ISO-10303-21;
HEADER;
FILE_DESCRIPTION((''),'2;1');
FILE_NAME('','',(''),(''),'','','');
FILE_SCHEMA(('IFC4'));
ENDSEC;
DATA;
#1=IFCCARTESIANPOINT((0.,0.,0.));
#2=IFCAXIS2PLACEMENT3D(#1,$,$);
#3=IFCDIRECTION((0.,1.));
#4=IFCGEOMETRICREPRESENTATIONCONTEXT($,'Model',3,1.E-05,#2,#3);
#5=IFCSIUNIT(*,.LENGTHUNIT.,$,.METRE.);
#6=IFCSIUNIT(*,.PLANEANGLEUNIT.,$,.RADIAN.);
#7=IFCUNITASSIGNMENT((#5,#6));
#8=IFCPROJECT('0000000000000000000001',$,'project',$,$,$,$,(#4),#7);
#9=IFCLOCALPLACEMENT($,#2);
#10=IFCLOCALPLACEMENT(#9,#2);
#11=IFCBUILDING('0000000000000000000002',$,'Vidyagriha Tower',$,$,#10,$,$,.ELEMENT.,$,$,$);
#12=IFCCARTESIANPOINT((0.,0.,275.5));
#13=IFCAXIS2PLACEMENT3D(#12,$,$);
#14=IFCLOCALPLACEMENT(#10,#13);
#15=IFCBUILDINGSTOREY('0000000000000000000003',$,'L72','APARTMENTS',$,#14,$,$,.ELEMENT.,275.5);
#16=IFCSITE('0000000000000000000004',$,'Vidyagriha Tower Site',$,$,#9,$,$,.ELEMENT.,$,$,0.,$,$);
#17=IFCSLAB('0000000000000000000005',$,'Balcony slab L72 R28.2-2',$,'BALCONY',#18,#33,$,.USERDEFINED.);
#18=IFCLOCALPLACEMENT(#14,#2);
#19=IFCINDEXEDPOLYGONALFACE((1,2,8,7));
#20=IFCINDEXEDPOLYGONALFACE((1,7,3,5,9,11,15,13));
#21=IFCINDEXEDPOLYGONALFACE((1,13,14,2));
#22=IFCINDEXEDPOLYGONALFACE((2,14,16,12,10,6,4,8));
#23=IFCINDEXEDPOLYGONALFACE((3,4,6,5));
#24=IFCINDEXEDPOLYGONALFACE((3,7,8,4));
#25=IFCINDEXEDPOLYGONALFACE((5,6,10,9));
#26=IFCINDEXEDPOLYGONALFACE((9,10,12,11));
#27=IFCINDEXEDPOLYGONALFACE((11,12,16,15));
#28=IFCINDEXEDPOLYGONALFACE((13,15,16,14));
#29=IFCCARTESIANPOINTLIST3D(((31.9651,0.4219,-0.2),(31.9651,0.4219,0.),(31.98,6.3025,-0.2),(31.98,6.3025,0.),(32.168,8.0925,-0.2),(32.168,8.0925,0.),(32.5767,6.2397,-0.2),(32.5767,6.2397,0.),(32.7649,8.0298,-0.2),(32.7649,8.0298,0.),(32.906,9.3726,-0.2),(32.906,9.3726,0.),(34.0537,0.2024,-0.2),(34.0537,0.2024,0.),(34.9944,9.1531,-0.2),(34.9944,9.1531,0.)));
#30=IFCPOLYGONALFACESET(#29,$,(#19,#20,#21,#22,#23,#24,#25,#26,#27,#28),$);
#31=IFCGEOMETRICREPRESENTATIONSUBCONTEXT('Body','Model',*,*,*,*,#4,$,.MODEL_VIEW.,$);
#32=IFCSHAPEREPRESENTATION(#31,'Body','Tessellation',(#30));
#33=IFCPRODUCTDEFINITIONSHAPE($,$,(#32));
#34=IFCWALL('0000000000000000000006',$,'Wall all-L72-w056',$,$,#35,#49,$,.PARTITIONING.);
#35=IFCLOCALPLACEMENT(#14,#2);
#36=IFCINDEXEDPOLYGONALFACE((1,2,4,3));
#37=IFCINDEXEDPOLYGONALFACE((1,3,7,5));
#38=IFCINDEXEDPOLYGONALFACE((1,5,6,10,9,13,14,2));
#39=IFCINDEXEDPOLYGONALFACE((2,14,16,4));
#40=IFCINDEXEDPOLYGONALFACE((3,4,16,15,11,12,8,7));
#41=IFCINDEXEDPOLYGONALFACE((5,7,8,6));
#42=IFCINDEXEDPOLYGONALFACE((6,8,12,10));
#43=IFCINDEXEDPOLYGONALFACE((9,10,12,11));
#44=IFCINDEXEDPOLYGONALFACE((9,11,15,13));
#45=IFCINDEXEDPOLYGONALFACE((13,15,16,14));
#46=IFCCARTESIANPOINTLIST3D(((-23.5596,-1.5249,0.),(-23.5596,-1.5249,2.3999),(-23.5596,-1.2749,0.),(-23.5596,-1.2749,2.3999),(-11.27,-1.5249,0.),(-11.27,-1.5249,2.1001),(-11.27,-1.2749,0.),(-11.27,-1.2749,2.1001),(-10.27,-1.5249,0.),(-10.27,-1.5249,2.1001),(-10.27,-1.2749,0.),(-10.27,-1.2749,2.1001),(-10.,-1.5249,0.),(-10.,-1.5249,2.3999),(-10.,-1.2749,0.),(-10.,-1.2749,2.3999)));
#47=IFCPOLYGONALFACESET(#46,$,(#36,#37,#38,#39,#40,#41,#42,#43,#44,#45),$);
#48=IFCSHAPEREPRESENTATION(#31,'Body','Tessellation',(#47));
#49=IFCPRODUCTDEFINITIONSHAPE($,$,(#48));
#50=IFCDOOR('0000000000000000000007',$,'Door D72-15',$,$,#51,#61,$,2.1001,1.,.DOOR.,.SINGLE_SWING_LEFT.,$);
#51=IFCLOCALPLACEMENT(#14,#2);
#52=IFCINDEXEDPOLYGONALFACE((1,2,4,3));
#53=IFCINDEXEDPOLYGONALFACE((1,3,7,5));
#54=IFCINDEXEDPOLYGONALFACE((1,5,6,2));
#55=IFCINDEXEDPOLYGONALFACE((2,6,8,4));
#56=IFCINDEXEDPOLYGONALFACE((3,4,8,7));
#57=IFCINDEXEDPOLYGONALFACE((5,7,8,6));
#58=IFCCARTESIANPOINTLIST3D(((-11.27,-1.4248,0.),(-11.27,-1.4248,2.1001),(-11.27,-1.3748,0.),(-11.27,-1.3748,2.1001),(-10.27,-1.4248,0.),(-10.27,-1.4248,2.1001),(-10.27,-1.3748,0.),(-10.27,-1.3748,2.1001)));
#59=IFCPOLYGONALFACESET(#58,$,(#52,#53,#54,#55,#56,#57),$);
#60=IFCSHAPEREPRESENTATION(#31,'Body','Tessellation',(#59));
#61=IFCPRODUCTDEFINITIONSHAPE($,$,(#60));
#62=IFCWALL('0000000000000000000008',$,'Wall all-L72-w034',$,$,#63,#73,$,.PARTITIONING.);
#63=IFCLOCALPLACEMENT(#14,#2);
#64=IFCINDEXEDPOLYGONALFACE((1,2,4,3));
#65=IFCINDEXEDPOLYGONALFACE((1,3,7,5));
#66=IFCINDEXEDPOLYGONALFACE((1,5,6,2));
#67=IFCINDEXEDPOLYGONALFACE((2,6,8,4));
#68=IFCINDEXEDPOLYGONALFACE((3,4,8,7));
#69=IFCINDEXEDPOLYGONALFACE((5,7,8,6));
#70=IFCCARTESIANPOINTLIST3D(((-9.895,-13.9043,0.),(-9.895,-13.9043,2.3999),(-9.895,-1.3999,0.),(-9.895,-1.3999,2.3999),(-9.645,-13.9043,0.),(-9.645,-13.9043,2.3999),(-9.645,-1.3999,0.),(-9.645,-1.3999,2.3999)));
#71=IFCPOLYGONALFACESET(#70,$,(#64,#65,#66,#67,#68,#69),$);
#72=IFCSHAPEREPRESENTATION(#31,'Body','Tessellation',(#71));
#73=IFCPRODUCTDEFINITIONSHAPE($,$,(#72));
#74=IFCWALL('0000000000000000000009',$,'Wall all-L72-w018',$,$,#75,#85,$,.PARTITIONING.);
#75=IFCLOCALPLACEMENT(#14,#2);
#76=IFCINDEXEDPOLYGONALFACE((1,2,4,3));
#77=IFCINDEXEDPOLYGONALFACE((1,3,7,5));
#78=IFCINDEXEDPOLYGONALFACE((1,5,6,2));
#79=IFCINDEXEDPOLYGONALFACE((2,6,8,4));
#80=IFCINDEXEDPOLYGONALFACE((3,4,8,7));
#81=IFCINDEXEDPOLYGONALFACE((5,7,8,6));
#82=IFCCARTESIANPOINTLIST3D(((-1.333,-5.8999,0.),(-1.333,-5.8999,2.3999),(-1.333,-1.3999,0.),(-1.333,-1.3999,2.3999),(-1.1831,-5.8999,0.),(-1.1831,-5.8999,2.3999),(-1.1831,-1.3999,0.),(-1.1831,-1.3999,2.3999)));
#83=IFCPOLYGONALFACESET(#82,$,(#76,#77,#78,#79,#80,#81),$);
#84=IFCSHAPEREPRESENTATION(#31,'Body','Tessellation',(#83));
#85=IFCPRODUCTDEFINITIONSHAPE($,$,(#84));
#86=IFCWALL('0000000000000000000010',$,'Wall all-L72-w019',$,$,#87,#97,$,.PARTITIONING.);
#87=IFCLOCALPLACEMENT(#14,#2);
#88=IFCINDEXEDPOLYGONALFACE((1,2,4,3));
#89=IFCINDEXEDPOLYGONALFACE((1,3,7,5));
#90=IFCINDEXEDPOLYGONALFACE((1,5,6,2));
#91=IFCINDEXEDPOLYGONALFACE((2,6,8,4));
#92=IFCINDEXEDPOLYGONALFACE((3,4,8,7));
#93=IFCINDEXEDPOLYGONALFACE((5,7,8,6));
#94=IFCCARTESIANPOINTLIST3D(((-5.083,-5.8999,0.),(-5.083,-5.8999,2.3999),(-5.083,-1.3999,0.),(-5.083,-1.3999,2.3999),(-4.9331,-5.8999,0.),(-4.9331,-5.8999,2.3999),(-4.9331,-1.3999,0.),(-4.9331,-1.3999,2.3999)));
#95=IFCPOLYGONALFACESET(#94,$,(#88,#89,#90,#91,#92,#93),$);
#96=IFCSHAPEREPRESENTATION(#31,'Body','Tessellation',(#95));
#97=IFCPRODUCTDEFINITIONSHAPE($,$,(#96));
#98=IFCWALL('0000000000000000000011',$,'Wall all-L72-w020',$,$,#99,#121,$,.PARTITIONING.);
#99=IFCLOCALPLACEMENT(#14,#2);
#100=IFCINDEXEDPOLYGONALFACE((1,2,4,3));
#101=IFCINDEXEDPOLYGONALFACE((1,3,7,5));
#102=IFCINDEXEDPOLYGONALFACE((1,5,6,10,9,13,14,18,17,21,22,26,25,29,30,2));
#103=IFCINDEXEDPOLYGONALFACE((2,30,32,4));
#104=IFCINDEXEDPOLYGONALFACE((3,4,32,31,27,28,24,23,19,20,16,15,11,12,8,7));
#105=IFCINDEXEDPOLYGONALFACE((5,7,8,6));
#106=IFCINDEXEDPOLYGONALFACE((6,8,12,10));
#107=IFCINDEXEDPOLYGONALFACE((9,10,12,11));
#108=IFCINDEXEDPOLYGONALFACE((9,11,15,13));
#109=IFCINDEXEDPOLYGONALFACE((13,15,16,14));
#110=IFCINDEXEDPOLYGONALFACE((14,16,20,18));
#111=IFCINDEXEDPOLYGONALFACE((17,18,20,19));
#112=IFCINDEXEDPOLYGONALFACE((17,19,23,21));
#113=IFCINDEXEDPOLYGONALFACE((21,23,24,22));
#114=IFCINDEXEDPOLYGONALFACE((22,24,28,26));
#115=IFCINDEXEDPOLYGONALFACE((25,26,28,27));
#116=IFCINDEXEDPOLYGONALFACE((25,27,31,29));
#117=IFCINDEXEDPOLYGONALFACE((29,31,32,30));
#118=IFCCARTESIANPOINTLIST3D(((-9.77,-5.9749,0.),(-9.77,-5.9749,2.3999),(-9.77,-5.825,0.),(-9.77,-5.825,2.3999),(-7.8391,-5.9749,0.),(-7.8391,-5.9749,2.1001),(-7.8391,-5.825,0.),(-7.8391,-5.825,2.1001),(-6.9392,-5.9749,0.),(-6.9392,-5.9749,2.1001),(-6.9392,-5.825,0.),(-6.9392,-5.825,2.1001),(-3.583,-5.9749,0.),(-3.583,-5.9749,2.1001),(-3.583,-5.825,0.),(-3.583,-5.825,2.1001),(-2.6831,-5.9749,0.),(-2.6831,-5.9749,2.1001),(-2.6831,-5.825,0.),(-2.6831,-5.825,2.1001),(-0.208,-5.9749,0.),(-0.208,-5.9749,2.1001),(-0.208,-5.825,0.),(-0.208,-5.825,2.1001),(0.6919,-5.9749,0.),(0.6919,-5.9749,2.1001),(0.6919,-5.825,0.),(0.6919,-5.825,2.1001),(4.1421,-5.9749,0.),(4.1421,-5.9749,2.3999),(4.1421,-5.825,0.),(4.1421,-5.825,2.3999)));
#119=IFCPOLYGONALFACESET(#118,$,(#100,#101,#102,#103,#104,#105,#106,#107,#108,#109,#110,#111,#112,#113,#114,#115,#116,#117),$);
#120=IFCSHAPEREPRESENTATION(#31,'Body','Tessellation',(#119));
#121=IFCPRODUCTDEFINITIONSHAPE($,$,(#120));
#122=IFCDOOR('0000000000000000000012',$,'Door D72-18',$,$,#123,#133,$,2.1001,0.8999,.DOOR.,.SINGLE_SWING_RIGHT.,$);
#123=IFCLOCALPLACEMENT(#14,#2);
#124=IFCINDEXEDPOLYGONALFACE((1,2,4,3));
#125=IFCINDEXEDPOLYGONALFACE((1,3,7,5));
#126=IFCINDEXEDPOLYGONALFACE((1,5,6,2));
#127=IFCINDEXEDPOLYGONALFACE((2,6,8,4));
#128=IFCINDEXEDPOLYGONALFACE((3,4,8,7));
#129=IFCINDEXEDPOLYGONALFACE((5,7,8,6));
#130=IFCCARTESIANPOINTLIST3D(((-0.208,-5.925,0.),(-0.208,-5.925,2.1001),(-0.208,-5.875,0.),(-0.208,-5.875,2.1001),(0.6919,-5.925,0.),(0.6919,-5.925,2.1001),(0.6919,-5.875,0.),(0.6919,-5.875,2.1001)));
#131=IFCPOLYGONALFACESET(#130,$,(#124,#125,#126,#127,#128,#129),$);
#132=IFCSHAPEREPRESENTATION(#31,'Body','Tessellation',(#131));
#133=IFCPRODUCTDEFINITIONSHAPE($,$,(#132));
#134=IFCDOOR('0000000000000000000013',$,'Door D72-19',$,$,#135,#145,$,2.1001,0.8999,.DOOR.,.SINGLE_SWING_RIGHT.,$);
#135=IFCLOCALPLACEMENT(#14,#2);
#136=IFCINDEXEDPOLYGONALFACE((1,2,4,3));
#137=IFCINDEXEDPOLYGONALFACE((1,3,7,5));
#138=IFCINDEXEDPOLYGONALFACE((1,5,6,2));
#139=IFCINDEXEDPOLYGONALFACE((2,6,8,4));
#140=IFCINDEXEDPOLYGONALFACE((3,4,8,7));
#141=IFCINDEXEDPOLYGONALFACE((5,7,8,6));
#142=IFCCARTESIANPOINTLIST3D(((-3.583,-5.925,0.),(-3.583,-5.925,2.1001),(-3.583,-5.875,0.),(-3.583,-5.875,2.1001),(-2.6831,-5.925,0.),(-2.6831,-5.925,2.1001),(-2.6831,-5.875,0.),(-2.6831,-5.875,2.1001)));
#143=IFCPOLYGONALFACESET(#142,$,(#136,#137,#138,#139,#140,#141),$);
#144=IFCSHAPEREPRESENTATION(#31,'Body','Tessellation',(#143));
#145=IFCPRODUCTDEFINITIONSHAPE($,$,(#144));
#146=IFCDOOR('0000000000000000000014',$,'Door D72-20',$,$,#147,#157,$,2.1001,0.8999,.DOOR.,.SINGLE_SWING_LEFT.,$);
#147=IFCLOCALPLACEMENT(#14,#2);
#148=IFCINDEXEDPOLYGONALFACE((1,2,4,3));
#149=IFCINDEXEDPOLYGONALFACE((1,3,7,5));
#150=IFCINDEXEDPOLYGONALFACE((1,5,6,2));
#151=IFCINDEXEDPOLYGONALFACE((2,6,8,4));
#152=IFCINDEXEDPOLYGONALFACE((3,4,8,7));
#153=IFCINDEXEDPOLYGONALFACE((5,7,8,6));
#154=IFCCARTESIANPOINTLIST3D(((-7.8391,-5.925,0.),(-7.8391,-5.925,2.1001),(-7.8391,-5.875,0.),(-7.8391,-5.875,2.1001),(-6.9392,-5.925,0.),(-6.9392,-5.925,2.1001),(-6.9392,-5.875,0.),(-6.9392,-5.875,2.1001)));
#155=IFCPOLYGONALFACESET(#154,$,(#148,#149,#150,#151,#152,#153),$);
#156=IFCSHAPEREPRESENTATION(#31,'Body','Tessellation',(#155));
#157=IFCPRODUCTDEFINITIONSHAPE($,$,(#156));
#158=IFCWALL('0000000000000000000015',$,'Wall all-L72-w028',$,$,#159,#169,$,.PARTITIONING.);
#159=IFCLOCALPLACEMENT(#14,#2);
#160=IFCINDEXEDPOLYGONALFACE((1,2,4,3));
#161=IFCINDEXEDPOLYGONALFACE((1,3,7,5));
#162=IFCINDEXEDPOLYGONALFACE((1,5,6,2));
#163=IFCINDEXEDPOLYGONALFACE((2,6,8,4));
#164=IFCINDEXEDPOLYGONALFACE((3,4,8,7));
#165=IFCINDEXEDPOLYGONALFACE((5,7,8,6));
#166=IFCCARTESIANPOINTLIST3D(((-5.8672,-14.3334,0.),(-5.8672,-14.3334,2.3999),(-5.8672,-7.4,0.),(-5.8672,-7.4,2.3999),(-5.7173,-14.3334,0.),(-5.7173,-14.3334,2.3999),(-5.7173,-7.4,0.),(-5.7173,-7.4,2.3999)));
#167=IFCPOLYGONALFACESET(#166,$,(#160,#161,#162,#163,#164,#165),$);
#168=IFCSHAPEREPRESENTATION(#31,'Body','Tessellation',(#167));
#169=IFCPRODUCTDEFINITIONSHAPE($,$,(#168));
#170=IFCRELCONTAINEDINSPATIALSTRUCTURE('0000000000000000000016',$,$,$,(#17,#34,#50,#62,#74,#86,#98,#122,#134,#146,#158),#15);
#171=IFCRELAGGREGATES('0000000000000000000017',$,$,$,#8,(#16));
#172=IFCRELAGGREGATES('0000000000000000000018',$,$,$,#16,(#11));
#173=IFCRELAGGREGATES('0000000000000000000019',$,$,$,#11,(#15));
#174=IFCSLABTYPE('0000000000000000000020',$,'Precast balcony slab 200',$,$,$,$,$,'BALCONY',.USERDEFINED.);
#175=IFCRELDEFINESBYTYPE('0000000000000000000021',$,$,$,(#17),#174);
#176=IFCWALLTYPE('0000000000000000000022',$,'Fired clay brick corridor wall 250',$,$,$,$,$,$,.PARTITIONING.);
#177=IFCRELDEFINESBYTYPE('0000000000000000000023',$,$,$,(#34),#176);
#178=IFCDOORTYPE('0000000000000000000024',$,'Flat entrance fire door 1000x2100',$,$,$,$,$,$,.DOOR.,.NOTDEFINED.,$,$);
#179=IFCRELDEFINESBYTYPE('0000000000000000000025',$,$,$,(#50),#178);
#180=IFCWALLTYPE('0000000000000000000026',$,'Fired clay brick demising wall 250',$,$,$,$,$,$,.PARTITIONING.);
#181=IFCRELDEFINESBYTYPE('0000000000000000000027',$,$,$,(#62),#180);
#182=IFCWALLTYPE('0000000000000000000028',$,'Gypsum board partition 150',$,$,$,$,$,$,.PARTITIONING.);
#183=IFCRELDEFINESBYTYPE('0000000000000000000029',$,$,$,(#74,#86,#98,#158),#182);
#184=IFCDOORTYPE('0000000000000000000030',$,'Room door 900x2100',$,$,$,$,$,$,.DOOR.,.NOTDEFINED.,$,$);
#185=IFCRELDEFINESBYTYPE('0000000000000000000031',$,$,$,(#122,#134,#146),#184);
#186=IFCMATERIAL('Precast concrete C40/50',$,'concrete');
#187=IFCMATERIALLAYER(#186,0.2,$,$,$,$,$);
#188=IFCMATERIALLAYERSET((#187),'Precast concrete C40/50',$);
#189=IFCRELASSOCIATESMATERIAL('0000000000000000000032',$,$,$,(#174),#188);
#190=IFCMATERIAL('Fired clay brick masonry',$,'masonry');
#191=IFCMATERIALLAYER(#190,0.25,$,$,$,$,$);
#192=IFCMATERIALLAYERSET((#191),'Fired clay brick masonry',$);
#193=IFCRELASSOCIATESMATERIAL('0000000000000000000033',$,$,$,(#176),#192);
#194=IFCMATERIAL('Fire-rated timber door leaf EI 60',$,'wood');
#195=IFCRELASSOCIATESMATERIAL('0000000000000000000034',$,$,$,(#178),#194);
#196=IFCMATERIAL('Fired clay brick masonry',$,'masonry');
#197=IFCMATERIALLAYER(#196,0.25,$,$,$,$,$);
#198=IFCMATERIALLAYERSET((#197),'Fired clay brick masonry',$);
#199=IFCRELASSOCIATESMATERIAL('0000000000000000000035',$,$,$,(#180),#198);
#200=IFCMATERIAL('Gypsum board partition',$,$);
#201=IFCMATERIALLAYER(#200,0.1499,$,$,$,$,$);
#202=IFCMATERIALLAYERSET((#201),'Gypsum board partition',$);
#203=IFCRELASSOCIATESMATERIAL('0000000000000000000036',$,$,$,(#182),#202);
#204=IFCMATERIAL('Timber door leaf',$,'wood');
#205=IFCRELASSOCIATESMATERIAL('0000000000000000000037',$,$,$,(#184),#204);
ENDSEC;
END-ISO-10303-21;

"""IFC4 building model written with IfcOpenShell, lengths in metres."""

from ifc_helpers import new_model, si_unit, direction, frame, frame_2d, origin, place, context, subcontext, project, spatial, polyline, rectangle, outline, extrude, material, layer, layer_set, type_object, element, fill, save


model = new_model("IFC4")

# Units and contexts
model_context = context("Model", 3, precision=1e-05, world=origin(), true_north=direction((0.0, 1.0)))
body_context = subcontext(model_context, "Body", "Model", "MODEL_VIEW")
ifc_project = project(units=[si_unit("LENGTHUNIT", "METRE"), si_unit("PLANEANGLEUNIT", "RADIAN")], contexts=[model_context])

# Site, building, storey
site_placement = place(None, origin())
site = spatial("IfcSite", under=ifc_project, at=site_placement, Name="Vidyagriha Tower Site", CompositionType="ELEMENT", RefElevation=0.0)
building_placement = place(site_placement, origin())
building = spatial("IfcBuilding", under=site, at=building_placement, Name="Vidyagriha Tower", CompositionType="ELEMENT")
storey_placement = place(building_placement, frame((0.0, 0.0, 275.5)))
storey = spatial("IfcBuildingStorey", under=building, at=storey_placement, Name="L72", Description="APARTMENTS", CompositionType="ELEMENT", Elevation=275.5)

# Slab
ifc_material_1 = material(Name="Precast concrete C40/50", Category="concrete")
ifc_layer_1 = layer(ifc_material_1, 0.2)
ifc_layer_set_1 = layer_set([ifc_layer_1], Name="Precast concrete C40/50")
slab_type_1 = type_object("IfcSlabType", Name="Precast balcony slab 200", ElementType="BALCONY", PredefinedType="USERDEFINED", material=ifc_layer_set_1)
slab_1_placement = place(storey_placement, frame((0.0, 0.0, -0.2)))
element("IfcSlab", 1, at=slab_1_placement, inside=storey, type_object=slab_type_1, Name="Balcony slab L72 R28.2-2", ObjectType="BALCONY", PredefinedType="USERDEFINED", context=body_context, shape_type="SweptSolid", body=[
    extrude(outline(polyline([(32.5767, 6.2397), (31.9651, 0.4219), (34.0537, 0.2024), (34.9944, 9.1531), (32.906, 9.3726), (32.7649, 8.0298), (32.168, 8.0925), (31.98, 6.3025), (32.5767, 6.2397)])), origin(), (0.0, 0.0, 1.0), 0.2),
])

# Wall, opening, door
ifc_material_2 = material(Name="Fired clay brick masonry", Category="masonry")
ifc_layer_2 = layer(ifc_material_2, 0.25)
ifc_layer_set_2 = layer_set([ifc_layer_2], Name="Fired clay brick masonry")
wall_type_1 = type_object("IfcWallType", Name="Fired clay brick corridor wall 250", PredefinedType="PARTITIONING", material=ifc_layer_set_2)
wall_1_placement = place(storey_placement, frame((-10.0, -1.3999, 0.0), z_axis=(0.0, 0.0, 1.0), x_axis=(-1.0, 0.0, 0.0)))
wall_1 = element("IfcWall", 2, at=wall_1_placement, inside=storey, type_object=wall_type_1, Name="Wall all-L72-w056", PredefinedType="PARTITIONING", context=body_context, shape_type="SweptSolid", body=[
    extrude(rectangle(XDim=13.5596, YDim=0.25, at=frame_2d((6.7798, 0.0))), origin(), (0.0, 0.0, 1.0), 2.3999),
])
opening_1_placement = place(wall_1_placement, frame((0.27, 0.0, 0.0)))
opening_1 = element("IfcOpeningElement", 3, at=opening_1_placement, cuts=wall_1, PredefinedType="OPENING", context=body_context, shape_type="SweptSolid", body=[
    extrude(rectangle(XDim=1.0, YDim=2.1001, at=frame_2d((0.5, 1.05))), frame((0.0, 0.135, 0.0), z_axis=(0.0, -1.0, 0.0), x_axis=(1.0, 0.0, 0.0)), (0.0, 0.0, 1.0), 0.27),
])
ifc_material_3 = material(Name="Fire-rated timber door leaf EI 60", Category="wood")
door_type_1 = type_object("IfcDoorType", Name="Flat entrance fire door 1000x2100", OperationType="NOTDEFINED", PredefinedType="DOOR", material=ifc_material_3)
door_1_placement = place(opening_1_placement, origin())
door_1 = element("IfcDoor", 4, at=door_1_placement, inside=storey, type_object=door_type_1, Name="Door D72-15", OperationType="SINGLE_SWING_LEFT", OverallHeight=2.1001, OverallWidth=1.0, PredefinedType="DOOR", context=body_context, shape_type="SweptSolid", body=[
    extrude(rectangle(XDim=1.0, YDim=2.1001, at=frame_2d((0.5, 1.05))), frame((0.0, 0.0249, 0.0), z_axis=(0.0, -1.0, 0.0), x_axis=(1.0, 0.0, 0.0)), (0.0, 0.0, 1.0), 0.05),
])
fill(opening_1, door_1)

# Walls
ifc_material_4 = material(Name="Fired clay brick masonry", Category="masonry")
ifc_layer_3 = layer(ifc_material_4, 0.25)
ifc_layer_set_3 = layer_set([ifc_layer_3], Name="Fired clay brick masonry")
wall_type_2 = type_object("IfcWallType", Name="Fired clay brick demising wall 250", PredefinedType="PARTITIONING", material=ifc_layer_set_3)
wall_2_placement = place(storey_placement, frame((-9.77, -1.3999, 0.0), z_axis=(0.0, 0.0, 1.0), x_axis=(0.0, -1.0, 0.0)))
element("IfcWall", 5, at=wall_2_placement, inside=storey, type_object=wall_type_2, Name="Wall all-L72-w034", PredefinedType="PARTITIONING", context=body_context, shape_type="SweptSolid", body=[
    extrude(rectangle(XDim=12.5044, YDim=0.25, at=frame_2d((6.2522, 0.0))), origin(), (0.0, 0.0, 1.0), 2.3999),
])
ifc_material_5 = material(Name="Gypsum board partition")
ifc_layer_4 = layer(ifc_material_5, 0.1499)
ifc_layer_set_4 = layer_set([ifc_layer_4], Name="Gypsum board partition")
wall_type_3 = type_object("IfcWallType", Name="Gypsum board partition 150", PredefinedType="PARTITIONING", material=ifc_layer_set_4)
for number, where, z_axis, x_axis, name in (
    (6, (-1.2581, -5.8999, 0.0), (0.0, 0.0, 1.0), (0.0, 1.0, 0.0), "Wall all-L72-w018"),
    (7, (-5.0081, -5.8999, 0.0), (0.0, 0.0, 1.0), (0.0, 1.0, 0.0), "Wall all-L72-w019"),
):
    element("IfcWall", number, at=place(storey_placement, frame(where, z_axis=z_axis, x_axis=x_axis)), inside=storey, type_object=wall_type_3, Name=name, PredefinedType="PARTITIONING", context=body_context, shape_type="SweptSolid", body=[
        extrude(rectangle(XDim=4.5, YDim=0.1499, at=frame_2d((2.25, 0.0))), origin(), (0.0, 0.0, 1.0), 2.3999),
    ])

# Wall, openings, doors
wall_3_placement = place(storey_placement, frame((-9.77, -5.8999, 0.0)))
wall_3 = element("IfcWall", 8, at=wall_3_placement, inside=storey, type_object=wall_type_3, Name="Wall all-L72-w020", PredefinedType="PARTITIONING", context=body_context, shape_type="SweptSolid", body=[
    extrude(rectangle(XDim=13.9121, YDim=0.1499, at=frame_2d((6.9561, 0.0))), origin(), (0.0, 0.0, 1.0), 2.3999),
])
opening_2_placement = place(wall_3_placement, frame((9.562, 0.0, 0.0)))
opening_2 = element("IfcOpeningElement", 9, at=opening_2_placement, cuts=wall_3, PredefinedType="OPENING", context=body_context, shape_type="SweptSolid", body=[
    extrude(rectangle(XDim=0.8999, YDim=2.1001, at=frame_2d((0.45, 1.05))), frame((0.0, 0.085, 0.0), z_axis=(0.0, -1.0, 0.0), x_axis=(1.0, 0.0, 0.0)), (0.0, 0.0, 1.0), 0.1699),
])
opening_3_placement = place(wall_3_placement, frame((6.187, 0.0, 0.0)))
opening_3 = element("IfcOpeningElement", 10, at=opening_3_placement, cuts=wall_3, PredefinedType="OPENING", context=body_context, shape_type="SweptSolid", body=[
    extrude(rectangle(XDim=0.8999, YDim=2.1001, at=frame_2d((0.45, 1.05))), frame((0.0, 0.085, 0.0), z_axis=(0.0, -1.0, 0.0), x_axis=(1.0, 0.0, 0.0)), (0.0, 0.0, 1.0), 0.1699),
])
opening_4_placement = place(wall_3_placement, frame((1.9309, 0.0, 0.0)))
opening_4 = element("IfcOpeningElement", 11, at=opening_4_placement, cuts=wall_3, PredefinedType="OPENING", context=body_context, shape_type="SweptSolid", body=[
    extrude(rectangle(XDim=0.8999, YDim=2.1001, at=frame_2d((0.45, 1.05))), frame((0.0, 0.085, 0.0), z_axis=(0.0, -1.0, 0.0), x_axis=(1.0, 0.0, 0.0)), (0.0, 0.0, 1.0), 0.1699),
])
ifc_material_6 = material(Name="Timber door leaf", Category="wood")
door_type_2 = type_object("IfcDoorType", Name="Room door 900x2100", OperationType="NOTDEFINED", PredefinedType="DOOR", material=ifc_material_6)
door_2_placement = place(opening_2_placement, origin())
door_2 = element("IfcDoor", 12, at=door_2_placement, inside=storey, type_object=door_type_2, Name="Door D72-18", OperationType="SINGLE_SWING_RIGHT", OverallHeight=2.1001, OverallWidth=0.8999, PredefinedType="DOOR", context=body_context, shape_type="SweptSolid", body=[
    extrude(rectangle(XDim=0.8999, YDim=2.1001, at=frame_2d((0.45, 1.05))), frame((0.0, 0.0249, 0.0), z_axis=(0.0, -1.0, 0.0), x_axis=(1.0, 0.0, 0.0)), (0.0, 0.0, 1.0), 0.05),
])
fill(opening_2, door_2)
door_3_placement = place(opening_3_placement, origin())
door_3 = element("IfcDoor", 13, at=door_3_placement, inside=storey, type_object=door_type_2, Name="Door D72-19", OperationType="SINGLE_SWING_RIGHT", OverallHeight=2.1001, OverallWidth=0.8999, PredefinedType="DOOR", context=body_context, shape_type="SweptSolid", body=[
    extrude(rectangle(XDim=0.8999, YDim=2.1001, at=frame_2d((0.45, 1.05))), frame((0.0, 0.0249, 0.0), z_axis=(0.0, -1.0, 0.0), x_axis=(1.0, 0.0, 0.0)), (0.0, 0.0, 1.0), 0.05),
])
fill(opening_3, door_3)
door_4_placement = place(opening_4_placement, origin())
door_4 = element("IfcDoor", 14, at=door_4_placement, inside=storey, type_object=door_type_2, Name="Door D72-20", OperationType="SINGLE_SWING_LEFT", OverallHeight=2.1001, OverallWidth=0.8999, PredefinedType="DOOR", context=body_context, shape_type="SweptSolid", body=[
    extrude(rectangle(XDim=0.8999, YDim=2.1001, at=frame_2d((0.45, 1.05))), frame((0.0, 0.0249, 0.0), z_axis=(0.0, -1.0, 0.0), x_axis=(1.0, 0.0, 0.0)), (0.0, 0.0, 1.0), 0.05),
])
fill(opening_4, door_4)

# Wall
wall_4_placement = place(storey_placement, frame((-5.7922, -7.3999, 0.0), z_axis=(0.0, 0.0, 1.0), x_axis=(0.0, -1.0, 0.0)))
element("IfcWall", 15, at=wall_4_placement, inside=storey, type_object=wall_type_3, Name="Wall all-L72-w028", PredefinedType="PARTITIONING", context=body_context, shape_type="SweptSolid", body=[
    extrude(rectangle(XDim=6.9333, YDim=0.1499, at=frame_2d((3.4668, 0.0))), origin(), (0.0, 0.0, 1.0), 2.3999),
])

save(model, "model.ifc")
